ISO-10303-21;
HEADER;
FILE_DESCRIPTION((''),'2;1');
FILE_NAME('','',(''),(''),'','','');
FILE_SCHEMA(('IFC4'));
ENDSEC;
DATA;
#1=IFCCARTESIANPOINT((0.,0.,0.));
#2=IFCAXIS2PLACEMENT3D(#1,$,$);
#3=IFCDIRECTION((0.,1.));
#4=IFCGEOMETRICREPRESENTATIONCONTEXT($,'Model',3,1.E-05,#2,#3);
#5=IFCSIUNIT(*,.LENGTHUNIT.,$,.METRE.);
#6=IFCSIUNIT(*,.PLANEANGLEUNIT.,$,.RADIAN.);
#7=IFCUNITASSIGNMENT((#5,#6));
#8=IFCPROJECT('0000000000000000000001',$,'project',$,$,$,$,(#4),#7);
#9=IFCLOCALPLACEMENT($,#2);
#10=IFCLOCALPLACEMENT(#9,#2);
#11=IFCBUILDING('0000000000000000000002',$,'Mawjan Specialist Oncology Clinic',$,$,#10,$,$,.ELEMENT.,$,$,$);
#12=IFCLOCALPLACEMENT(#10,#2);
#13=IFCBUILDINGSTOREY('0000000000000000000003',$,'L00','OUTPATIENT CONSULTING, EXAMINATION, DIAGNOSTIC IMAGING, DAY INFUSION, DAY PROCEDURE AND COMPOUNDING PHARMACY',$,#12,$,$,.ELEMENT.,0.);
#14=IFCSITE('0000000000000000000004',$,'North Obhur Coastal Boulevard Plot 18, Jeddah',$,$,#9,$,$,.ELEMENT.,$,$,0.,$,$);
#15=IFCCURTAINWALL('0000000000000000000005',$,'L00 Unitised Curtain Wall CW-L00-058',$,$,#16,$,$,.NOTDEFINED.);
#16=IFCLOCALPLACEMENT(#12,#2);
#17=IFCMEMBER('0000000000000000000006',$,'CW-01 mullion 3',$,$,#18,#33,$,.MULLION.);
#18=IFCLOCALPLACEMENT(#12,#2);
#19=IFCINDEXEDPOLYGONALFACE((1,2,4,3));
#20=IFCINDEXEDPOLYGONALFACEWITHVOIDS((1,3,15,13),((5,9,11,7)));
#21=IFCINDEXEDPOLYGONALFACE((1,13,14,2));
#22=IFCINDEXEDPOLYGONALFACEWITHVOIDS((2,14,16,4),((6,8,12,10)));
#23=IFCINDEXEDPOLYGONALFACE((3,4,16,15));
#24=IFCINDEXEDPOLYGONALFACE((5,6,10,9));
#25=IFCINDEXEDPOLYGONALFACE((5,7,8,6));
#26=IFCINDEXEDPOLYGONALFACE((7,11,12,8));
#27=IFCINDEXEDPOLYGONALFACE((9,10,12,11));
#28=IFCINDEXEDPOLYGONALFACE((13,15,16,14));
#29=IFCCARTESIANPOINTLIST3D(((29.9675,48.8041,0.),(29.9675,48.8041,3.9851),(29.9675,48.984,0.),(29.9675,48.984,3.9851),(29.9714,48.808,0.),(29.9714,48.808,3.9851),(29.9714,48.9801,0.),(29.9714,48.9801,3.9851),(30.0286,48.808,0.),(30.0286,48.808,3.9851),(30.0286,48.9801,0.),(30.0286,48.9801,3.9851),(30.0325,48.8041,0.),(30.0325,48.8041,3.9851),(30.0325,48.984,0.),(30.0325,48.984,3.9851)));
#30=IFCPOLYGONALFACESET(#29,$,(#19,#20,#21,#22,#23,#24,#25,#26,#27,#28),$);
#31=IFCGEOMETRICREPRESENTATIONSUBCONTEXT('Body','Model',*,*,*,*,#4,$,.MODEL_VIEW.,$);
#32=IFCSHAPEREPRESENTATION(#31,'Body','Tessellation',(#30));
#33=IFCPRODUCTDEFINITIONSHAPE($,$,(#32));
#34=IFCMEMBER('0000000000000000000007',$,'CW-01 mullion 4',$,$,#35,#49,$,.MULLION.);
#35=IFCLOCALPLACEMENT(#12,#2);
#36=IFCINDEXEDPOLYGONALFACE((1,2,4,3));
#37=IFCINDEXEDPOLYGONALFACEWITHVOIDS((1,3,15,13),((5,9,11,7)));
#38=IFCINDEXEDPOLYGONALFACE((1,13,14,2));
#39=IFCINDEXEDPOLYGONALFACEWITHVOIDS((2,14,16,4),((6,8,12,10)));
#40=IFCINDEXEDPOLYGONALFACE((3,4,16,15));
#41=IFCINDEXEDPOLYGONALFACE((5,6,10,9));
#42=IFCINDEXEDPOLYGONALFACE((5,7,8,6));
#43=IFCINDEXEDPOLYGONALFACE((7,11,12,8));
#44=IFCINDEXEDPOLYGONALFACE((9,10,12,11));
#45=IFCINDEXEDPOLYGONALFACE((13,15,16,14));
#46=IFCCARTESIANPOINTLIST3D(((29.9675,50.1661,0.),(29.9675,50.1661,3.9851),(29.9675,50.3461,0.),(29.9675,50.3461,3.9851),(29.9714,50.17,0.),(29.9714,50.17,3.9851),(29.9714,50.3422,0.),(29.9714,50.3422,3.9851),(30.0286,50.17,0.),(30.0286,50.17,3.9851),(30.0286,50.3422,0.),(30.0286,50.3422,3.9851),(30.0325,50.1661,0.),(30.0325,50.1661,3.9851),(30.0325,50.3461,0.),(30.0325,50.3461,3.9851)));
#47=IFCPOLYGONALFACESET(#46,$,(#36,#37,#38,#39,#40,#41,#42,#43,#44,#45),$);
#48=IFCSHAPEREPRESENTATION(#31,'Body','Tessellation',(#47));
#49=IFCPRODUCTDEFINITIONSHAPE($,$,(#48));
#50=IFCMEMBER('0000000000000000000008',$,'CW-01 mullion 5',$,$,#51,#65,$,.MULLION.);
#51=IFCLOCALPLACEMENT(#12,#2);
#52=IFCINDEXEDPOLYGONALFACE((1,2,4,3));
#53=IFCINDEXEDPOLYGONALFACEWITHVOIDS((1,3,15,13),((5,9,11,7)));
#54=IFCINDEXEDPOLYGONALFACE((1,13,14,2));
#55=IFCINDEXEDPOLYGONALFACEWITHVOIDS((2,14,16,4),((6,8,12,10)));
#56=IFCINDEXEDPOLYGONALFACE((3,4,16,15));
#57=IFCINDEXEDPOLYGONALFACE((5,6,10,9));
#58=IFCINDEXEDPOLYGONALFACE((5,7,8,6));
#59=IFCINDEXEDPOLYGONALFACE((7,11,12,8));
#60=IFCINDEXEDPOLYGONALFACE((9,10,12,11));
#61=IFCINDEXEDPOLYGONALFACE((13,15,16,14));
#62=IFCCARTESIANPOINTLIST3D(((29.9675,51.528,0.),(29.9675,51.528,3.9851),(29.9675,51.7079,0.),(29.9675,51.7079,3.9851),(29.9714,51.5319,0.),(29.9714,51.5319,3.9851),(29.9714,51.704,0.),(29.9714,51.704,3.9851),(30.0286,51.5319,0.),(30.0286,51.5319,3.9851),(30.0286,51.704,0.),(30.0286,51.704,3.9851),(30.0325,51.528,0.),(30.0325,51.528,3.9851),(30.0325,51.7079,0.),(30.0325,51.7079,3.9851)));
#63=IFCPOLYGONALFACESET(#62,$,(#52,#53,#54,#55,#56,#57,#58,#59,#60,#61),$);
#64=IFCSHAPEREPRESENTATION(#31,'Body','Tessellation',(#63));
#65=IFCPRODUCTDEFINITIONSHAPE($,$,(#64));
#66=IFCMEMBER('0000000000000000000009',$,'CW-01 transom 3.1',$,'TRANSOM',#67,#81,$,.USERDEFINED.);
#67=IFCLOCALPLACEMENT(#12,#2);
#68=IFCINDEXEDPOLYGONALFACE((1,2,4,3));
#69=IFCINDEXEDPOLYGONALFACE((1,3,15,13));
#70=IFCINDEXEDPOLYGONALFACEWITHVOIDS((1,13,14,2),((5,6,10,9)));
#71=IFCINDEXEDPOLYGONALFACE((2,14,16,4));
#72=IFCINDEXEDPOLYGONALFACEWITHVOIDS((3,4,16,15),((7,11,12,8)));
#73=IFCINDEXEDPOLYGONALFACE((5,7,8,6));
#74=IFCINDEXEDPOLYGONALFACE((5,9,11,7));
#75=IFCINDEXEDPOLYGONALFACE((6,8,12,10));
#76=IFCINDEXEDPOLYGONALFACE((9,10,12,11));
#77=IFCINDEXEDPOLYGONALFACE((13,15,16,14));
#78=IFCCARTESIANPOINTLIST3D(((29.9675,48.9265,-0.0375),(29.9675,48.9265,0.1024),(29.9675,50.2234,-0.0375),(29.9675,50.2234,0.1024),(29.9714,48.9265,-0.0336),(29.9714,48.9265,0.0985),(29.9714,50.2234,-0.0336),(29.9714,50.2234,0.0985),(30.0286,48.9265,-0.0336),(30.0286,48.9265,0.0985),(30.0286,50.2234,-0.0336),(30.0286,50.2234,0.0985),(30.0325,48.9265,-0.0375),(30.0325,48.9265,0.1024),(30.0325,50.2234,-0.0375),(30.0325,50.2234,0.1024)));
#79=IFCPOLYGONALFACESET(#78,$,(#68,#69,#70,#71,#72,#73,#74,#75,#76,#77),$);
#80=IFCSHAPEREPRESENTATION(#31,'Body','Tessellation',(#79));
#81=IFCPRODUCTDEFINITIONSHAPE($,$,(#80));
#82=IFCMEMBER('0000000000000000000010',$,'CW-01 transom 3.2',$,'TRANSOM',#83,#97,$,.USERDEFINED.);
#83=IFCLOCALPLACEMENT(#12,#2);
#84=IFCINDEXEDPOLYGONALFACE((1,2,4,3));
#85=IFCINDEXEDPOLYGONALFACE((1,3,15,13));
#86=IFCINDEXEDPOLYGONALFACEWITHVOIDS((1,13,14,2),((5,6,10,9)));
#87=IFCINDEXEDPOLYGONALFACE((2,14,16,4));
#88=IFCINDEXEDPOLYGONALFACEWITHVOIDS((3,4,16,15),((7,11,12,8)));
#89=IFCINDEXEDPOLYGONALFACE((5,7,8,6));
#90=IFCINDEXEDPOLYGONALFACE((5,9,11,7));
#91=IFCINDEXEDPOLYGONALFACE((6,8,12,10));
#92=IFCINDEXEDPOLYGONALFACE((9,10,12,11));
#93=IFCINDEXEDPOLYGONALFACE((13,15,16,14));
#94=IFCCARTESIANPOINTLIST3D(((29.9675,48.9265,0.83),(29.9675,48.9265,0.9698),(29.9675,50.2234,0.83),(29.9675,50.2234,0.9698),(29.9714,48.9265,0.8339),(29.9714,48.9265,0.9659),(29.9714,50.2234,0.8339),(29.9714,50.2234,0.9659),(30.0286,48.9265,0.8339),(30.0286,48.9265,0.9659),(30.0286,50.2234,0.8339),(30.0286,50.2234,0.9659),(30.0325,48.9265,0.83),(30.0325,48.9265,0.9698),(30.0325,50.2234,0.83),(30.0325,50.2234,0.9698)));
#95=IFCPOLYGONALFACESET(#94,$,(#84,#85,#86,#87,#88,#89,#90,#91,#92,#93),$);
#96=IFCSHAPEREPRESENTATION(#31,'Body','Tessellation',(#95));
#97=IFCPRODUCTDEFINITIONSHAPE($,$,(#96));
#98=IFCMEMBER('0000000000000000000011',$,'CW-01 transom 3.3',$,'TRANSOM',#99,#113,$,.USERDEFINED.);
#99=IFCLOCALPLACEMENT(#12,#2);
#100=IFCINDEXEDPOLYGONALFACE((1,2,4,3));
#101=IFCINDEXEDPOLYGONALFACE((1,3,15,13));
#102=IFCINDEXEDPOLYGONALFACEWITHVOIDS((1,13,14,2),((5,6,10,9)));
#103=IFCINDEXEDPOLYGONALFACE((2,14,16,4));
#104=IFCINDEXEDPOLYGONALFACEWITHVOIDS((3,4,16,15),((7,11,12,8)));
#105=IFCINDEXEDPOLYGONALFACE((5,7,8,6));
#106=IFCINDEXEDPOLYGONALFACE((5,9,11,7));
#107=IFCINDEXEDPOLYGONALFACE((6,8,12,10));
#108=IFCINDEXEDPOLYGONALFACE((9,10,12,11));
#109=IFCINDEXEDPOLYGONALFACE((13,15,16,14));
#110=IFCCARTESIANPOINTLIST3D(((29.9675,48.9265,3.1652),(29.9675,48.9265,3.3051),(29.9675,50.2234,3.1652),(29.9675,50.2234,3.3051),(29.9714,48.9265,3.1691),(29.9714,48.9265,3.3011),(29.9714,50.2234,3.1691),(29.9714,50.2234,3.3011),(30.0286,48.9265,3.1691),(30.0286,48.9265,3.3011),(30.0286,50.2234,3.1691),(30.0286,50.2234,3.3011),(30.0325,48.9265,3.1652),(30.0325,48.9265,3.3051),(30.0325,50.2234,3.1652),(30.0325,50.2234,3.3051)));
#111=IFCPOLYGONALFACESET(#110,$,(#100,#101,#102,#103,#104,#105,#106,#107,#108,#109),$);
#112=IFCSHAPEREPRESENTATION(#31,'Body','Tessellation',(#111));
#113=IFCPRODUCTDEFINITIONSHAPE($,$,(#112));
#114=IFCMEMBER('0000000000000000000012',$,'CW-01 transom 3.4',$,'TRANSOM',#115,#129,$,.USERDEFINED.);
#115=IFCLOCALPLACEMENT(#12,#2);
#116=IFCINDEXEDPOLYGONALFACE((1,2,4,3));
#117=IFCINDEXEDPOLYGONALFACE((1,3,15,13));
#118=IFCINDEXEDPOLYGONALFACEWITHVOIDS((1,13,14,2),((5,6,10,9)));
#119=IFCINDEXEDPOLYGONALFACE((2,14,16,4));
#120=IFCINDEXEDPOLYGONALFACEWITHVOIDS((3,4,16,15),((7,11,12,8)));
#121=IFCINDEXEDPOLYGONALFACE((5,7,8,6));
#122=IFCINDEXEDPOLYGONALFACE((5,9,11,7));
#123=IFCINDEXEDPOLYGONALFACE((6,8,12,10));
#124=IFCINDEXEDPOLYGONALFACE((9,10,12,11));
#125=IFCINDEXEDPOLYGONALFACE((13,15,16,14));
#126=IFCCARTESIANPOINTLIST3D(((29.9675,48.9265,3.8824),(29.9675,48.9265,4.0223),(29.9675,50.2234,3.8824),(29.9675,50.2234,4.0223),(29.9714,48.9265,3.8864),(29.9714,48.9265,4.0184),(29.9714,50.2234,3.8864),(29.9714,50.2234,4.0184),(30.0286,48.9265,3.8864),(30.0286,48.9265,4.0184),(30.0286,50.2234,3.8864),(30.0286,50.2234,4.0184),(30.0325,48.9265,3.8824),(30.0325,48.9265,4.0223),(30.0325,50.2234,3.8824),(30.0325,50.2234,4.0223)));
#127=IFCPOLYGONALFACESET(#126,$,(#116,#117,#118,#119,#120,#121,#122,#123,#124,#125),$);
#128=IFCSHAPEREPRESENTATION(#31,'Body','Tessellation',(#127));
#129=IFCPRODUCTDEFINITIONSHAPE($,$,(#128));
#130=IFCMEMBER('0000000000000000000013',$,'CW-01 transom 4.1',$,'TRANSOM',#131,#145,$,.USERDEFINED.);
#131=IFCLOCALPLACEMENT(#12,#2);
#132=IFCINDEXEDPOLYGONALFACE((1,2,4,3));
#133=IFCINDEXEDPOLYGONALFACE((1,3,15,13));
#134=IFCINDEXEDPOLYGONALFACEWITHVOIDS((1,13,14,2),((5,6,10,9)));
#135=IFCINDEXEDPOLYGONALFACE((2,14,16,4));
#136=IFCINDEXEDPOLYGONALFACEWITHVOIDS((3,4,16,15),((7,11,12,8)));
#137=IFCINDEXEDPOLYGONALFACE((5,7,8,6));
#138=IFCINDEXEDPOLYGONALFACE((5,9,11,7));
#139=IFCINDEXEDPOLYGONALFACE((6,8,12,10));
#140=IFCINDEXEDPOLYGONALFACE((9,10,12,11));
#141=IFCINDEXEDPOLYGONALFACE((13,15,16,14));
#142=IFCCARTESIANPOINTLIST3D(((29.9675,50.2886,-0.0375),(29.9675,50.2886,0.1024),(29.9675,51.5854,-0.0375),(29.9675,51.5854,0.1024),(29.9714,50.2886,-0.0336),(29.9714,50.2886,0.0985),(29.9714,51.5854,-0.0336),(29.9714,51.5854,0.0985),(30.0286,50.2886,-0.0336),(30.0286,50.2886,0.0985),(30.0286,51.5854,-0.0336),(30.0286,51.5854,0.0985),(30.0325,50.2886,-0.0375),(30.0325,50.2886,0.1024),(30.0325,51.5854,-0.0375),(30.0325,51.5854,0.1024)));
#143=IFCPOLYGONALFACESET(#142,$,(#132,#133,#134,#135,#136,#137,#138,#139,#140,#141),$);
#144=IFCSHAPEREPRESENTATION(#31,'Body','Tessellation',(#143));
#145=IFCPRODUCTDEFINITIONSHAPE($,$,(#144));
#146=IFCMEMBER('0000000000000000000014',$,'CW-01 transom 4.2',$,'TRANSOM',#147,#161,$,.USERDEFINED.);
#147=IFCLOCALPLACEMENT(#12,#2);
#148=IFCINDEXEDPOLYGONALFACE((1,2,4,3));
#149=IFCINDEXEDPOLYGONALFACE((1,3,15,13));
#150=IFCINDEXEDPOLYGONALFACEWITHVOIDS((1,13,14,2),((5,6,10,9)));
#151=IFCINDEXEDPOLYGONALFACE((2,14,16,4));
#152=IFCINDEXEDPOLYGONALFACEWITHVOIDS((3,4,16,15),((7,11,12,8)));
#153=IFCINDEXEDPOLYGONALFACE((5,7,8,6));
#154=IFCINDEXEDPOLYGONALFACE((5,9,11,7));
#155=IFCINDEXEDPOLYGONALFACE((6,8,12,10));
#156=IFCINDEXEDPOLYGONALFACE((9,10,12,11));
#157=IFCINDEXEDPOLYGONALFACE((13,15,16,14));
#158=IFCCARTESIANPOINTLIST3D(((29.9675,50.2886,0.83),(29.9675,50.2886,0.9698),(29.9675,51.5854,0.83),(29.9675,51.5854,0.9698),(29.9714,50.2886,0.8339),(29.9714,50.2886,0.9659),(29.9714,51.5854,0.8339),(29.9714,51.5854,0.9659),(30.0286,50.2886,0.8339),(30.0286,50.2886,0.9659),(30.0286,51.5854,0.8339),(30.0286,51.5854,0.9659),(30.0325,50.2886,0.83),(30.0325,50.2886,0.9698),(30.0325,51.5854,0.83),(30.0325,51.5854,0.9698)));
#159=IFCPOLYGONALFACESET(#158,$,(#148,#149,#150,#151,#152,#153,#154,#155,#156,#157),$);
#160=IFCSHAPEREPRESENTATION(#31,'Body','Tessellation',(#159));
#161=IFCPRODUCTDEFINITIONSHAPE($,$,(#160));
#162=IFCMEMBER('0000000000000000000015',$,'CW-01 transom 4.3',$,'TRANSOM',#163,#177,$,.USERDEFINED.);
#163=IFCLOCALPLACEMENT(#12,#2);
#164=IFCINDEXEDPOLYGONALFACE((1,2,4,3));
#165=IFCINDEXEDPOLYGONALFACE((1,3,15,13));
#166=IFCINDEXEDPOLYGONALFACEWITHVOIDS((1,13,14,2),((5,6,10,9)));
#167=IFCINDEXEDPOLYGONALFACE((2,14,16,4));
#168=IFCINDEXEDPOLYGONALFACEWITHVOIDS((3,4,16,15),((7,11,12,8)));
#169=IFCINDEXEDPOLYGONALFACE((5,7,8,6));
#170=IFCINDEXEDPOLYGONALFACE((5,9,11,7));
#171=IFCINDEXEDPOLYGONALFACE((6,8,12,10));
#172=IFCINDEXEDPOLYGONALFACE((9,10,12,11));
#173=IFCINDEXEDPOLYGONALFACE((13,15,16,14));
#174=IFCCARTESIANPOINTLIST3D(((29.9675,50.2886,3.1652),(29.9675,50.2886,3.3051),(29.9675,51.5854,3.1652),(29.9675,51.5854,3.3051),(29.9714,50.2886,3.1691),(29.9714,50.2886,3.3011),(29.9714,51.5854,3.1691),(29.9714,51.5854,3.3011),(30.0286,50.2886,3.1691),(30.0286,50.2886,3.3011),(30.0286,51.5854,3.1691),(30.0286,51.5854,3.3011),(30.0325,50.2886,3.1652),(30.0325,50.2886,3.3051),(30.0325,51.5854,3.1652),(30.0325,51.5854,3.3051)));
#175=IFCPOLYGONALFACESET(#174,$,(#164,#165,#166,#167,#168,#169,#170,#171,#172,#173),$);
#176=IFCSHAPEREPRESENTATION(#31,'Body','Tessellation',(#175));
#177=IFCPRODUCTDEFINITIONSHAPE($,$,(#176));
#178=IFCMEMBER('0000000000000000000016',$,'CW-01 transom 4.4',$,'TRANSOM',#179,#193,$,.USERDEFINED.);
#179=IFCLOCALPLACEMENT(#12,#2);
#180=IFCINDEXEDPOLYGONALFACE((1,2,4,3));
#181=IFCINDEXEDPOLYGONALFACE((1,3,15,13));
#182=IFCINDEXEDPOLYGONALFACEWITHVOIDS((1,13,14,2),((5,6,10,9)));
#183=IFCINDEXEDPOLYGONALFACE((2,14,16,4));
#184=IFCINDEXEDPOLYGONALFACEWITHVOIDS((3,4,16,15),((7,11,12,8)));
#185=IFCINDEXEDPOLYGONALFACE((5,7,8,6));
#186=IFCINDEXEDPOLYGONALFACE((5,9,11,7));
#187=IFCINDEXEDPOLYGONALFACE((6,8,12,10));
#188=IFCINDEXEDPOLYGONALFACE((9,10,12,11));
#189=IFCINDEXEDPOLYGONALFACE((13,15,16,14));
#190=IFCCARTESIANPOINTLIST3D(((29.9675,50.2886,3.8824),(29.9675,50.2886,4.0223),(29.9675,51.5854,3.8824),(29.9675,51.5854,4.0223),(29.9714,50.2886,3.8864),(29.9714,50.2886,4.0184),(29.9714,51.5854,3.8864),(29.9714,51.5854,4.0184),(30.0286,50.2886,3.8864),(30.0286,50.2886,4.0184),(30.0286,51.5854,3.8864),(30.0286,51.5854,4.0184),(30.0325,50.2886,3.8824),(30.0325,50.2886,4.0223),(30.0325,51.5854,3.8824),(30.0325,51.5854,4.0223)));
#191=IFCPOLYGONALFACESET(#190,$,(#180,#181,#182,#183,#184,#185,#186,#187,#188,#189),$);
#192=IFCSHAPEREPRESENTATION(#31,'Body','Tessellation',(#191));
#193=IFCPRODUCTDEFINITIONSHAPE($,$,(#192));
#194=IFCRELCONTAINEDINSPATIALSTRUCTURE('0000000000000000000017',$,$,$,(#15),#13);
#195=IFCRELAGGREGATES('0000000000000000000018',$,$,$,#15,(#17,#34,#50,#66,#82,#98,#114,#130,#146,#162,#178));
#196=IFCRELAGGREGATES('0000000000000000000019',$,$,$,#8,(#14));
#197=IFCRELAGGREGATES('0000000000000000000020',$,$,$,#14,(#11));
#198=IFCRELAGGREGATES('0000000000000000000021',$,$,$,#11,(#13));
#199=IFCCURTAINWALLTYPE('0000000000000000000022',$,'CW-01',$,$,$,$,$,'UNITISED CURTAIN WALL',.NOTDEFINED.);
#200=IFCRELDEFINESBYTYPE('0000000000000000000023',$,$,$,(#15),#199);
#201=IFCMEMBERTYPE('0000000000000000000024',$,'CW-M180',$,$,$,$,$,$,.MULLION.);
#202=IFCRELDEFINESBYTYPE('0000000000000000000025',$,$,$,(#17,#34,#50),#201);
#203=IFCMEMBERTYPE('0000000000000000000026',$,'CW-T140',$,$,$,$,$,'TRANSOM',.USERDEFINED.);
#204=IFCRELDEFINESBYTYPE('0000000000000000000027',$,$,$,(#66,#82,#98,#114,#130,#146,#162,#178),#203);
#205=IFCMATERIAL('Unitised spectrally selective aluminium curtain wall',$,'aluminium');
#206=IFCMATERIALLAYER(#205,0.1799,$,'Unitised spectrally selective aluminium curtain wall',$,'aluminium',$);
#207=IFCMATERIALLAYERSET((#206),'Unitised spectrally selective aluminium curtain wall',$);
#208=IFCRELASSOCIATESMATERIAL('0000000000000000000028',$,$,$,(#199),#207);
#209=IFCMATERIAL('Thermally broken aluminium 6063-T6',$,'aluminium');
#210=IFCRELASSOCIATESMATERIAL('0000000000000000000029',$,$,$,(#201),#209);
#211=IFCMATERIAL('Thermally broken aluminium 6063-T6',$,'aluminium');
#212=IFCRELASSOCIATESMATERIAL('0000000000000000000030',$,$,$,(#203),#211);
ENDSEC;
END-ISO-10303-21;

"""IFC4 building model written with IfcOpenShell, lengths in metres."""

from ifc_helpers import new_model, si_unit, direction, frame, origin, origin_2d, place, context, subcontext, project, spatial, hollow_rectangle, extrude, material, layer, layer_set, material_profile, profile_set, type_object, element, aggregate, save


model = new_model("IFC4")

# Units and contexts
model_context = context("Model", 3, precision=1e-05, world=origin(), true_north=direction((0.0, 1.0)))
body_context = subcontext(model_context, "Body", "Model", "MODEL_VIEW")
ifc_project = project(units=[si_unit("LENGTHUNIT", "METRE"), si_unit("PLANEANGLEUNIT", "RADIAN")], contexts=[model_context])

# Site, building, storey
site_placement = place(None, origin())
site = spatial("IfcSite", under=ifc_project, at=site_placement, Name="North Obhur Coastal Boulevard Plot 18, Jeddah", CompositionType="ELEMENT", RefElevation=0.0)
building_placement = place(site_placement, origin())
building = spatial("IfcBuilding", under=site, at=building_placement, Name="Mawjan Specialist Oncology Clinic", CompositionType="ELEMENT")
storey_placement = place(building_placement, origin())
storey = spatial("IfcBuildingStorey", under=building, at=storey_placement, Name="L00", Description="OUTPATIENT CONSULTING, EXAMINATION, DIAGNOSTIC IMAGING, DAY INFUSION, DAY PROCEDURE AND COMPOUNDING PHARMACY", CompositionType="ELEMENT", Elevation=0.0)

# Curtain wall, members
ifc_material_1 = material(Name="Unitised spectrally selective aluminium curtain wall", Category="aluminium")
ifc_layer_1 = layer(ifc_material_1, 0.1799, Name="Unitised spectrally selective aluminium curtain wall", Category="aluminium")
ifc_layer_set_1 = layer_set([ifc_layer_1], Name="Unitised spectrally selective aluminium curtain wall")
curtain_wall_type = type_object("IfcCurtainWallType", Name="CW-01", ElementType="UNITISED CURTAIN WALL", PredefinedType="NOTDEFINED", material=ifc_layer_set_1)
curtain_wall_placement = place(storey_placement, origin())
curtain_wall = element("IfcCurtainWall", 1, at=curtain_wall_placement, inside=storey, type_object=curtain_wall_type, Name="L00 Unitised Curtain Wall CW-L00-058", PredefinedType="NOTDEFINED")
ifc_material_2 = material(Name="Thermally broken aluminium 6063-T6", Category="aluminium")
ifc_material_profile_1 = material_profile(ifc_material_2, hollow_rectangle(XDim=0.0649, YDim=0.1799, WallThickness=0.0039, at=origin_2d()), Name="ALU MULLION 180x65x4", Category="aluminium")
ifc_profile_set_1 = profile_set([ifc_material_profile_1], Name="Thermally broken aluminium 6063-T6")
member_type_1 = type_object("IfcMemberType", Name="CW-M180", PredefinedType="MULLION", material=ifc_profile_set_1)
member_1_placement = place(storey_placement, frame((30.0, 48.894, 0.0), z_axis=(0.0, 0.0, 1.0), x_axis=(-1.0, 0.0, 0.0)))
member_1 = element("IfcMember", 2, at=member_1_placement, type_object=member_type_1, Name="CW-01 mullion 3", PredefinedType="MULLION", context=body_context, shape_type="SweptSolid", body=[
    extrude(hollow_rectangle(XDim=0.0649, YDim=0.1799, WallThickness=0.0039, at=origin_2d()), origin(), (0.0, 0.0, 1.0), 3.9851),
])
member_2_placement = place(storey_placement, frame((30.0, 50.2561, 0.0), z_axis=(0.0, 0.0, 1.0), x_axis=(-1.0, 0.0, 0.0)))
member_2 = element("IfcMember", 3, at=member_2_placement, type_object=member_type_1, Name="CW-01 mullion 4", PredefinedType="MULLION", context=body_context, shape_type="SweptSolid", body=[
    extrude(hollow_rectangle(XDim=0.0649, YDim=0.1799, WallThickness=0.0039, at=origin_2d()), origin(), (0.0, 0.0, 1.0), 3.9851),
])
member_3_placement = place(storey_placement, frame((30.0, 51.6179, 0.0), z_axis=(0.0, 0.0, 1.0), x_axis=(-1.0, 0.0, 0.0)))
member_3 = element("IfcMember", 4, at=member_3_placement, type_object=member_type_1, Name="CW-01 mullion 5", PredefinedType="MULLION", context=body_context, shape_type="SweptSolid", body=[
    extrude(hollow_rectangle(XDim=0.0649, YDim=0.1799, WallThickness=0.0039, at=origin_2d()), origin(), (0.0, 0.0, 1.0), 3.9851),
])
ifc_material_3 = material(Name="Thermally broken aluminium 6063-T6", Category="aluminium")
ifc_material_profile_2 = material_profile(ifc_material_3, hollow_rectangle(XDim=0.0649, YDim=0.1399, WallThickness=0.0039, at=origin_2d()), Name="ALU TRANSOM 140x65x4", Category="aluminium")
ifc_profile_set_2 = profile_set([ifc_material_profile_2], Name="Thermally broken aluminium 6063-T6")
member_type_2 = type_object("IfcMemberType", Name="CW-T140", ElementType="TRANSOM", PredefinedType="USERDEFINED", material=ifc_profile_set_2)
member_4_placement = place(storey_placement, frame((30.0, 48.9265, 0.0325), z_axis=(0.0, 1.0, 0.0), x_axis=(-1.0, 0.0, 0.0)))
member_4 = element("IfcMember", 5, at=member_4_placement, type_object=member_type_2, Name="CW-01 transom 3.1", ObjectType="TRANSOM", PredefinedType="USERDEFINED", context=body_context, shape_type="SweptSolid", body=[
    extrude(hollow_rectangle(XDim=0.0649, YDim=0.1399, WallThickness=0.0039, at=origin_2d()), origin(), (0.0, 0.0, 1.0), 1.2969),
])
member_5_placement = place(storey_placement, frame((30.0, 48.9265, 0.8999), z_axis=(0.0, 1.0, 0.0), x_axis=(-1.0, 0.0, 0.0)))
member_5 = element("IfcMember", 6, at=member_5_placement, type_object=member_type_2, Name="CW-01 transom 3.2", ObjectType="TRANSOM", PredefinedType="USERDEFINED", context=body_context, shape_type="SweptSolid", body=[
    extrude(hollow_rectangle(XDim=0.0649, YDim=0.1399, WallThickness=0.0039, at=origin_2d()), origin(), (0.0, 0.0, 1.0), 1.2969),
])
member_6_placement = place(storey_placement, frame((30.0, 48.9265, 3.2351), z_axis=(0.0, 1.0, 0.0), x_axis=(-1.0, 0.0, 0.0)))
member_6 = element("IfcMember", 7, at=member_6_placement, type_object=member_type_2, Name="CW-01 transom 3.3", ObjectType="TRANSOM", PredefinedType="USERDEFINED", context=body_context, shape_type="SweptSolid", body=[
    extrude(hollow_rectangle(XDim=0.0649, YDim=0.1399, WallThickness=0.0039, at=origin_2d()), origin(), (0.0, 0.0, 1.0), 1.2969),
])
member_7_placement = place(storey_placement, frame((30.0, 48.9265, 3.9524), z_axis=(0.0, 1.0, 0.0), x_axis=(-1.0, 0.0, 0.0)))
member_7 = element("IfcMember", 8, at=member_7_placement, type_object=member_type_2, Name="CW-01 transom 3.4", ObjectType="TRANSOM", PredefinedType="USERDEFINED", context=body_context, shape_type="SweptSolid", body=[
    extrude(hollow_rectangle(XDim=0.0649, YDim=0.1399, WallThickness=0.0039, at=origin_2d()), origin(), (0.0, 0.0, 1.0), 1.2969),
])
member_8_placement = place(storey_placement, frame((30.0, 50.2886, 0.0325), z_axis=(0.0, 1.0, 0.0), x_axis=(-1.0, 0.0, 0.0)))
member_8 = element("IfcMember", 9, at=member_8_placement, type_object=member_type_2, Name="CW-01 transom 4.1", ObjectType="TRANSOM", PredefinedType="USERDEFINED", context=body_context, shape_type="SweptSolid", body=[
    extrude(hollow_rectangle(XDim=0.0649, YDim=0.1399, WallThickness=0.0039, at=origin_2d()), origin(), (0.0, 0.0, 1.0), 1.2969),
])
member_9_placement = place(storey_placement, frame((30.0, 50.2886, 0.8999), z_axis=(0.0, 1.0, 0.0), x_axis=(-1.0, 0.0, 0.0)))
member_9 = element("IfcMember", 10, at=member_9_placement, type_object=member_type_2, Name="CW-01 transom 4.2", ObjectType="TRANSOM", PredefinedType="USERDEFINED", context=body_context, shape_type="SweptSolid", body=[
    extrude(hollow_rectangle(XDim=0.0649, YDim=0.1399, WallThickness=0.0039, at=origin_2d()), origin(), (0.0, 0.0, 1.0), 1.2969),
])
member_10_placement = place(storey_placement, frame((30.0, 50.2886, 3.2351), z_axis=(0.0, 1.0, 0.0), x_axis=(-1.0, 0.0, 0.0)))
member_10 = element("IfcMember", 11, at=member_10_placement, type_object=member_type_2, Name="CW-01 transom 4.3", ObjectType="TRANSOM", PredefinedType="USERDEFINED", context=body_context, shape_type="SweptSolid", body=[
    extrude(hollow_rectangle(XDim=0.0649, YDim=0.1399, WallThickness=0.0039, at=origin_2d()), origin(), (0.0, 0.0, 1.0), 1.2969),
])
member_11_placement = place(storey_placement, frame((30.0, 50.2886, 3.9524), z_axis=(0.0, 1.0, 0.0), x_axis=(-1.0, 0.0, 0.0)))
member_11 = element("IfcMember", 12, at=member_11_placement, type_object=member_type_2, Name="CW-01 transom 4.4", ObjectType="TRANSOM", PredefinedType="USERDEFINED", context=body_context, shape_type="SweptSolid", body=[
    extrude(hollow_rectangle(XDim=0.0649, YDim=0.1399, WallThickness=0.0039, at=origin_2d()), origin(), (0.0, 0.0, 1.0), 1.2969),
])
aggregate(curtain_wall, [member_1, member_2, member_3, member_4, member_5, member_6, member_7, member_8, member_9, member_10, member_11])

save(model, "model.ifc")
